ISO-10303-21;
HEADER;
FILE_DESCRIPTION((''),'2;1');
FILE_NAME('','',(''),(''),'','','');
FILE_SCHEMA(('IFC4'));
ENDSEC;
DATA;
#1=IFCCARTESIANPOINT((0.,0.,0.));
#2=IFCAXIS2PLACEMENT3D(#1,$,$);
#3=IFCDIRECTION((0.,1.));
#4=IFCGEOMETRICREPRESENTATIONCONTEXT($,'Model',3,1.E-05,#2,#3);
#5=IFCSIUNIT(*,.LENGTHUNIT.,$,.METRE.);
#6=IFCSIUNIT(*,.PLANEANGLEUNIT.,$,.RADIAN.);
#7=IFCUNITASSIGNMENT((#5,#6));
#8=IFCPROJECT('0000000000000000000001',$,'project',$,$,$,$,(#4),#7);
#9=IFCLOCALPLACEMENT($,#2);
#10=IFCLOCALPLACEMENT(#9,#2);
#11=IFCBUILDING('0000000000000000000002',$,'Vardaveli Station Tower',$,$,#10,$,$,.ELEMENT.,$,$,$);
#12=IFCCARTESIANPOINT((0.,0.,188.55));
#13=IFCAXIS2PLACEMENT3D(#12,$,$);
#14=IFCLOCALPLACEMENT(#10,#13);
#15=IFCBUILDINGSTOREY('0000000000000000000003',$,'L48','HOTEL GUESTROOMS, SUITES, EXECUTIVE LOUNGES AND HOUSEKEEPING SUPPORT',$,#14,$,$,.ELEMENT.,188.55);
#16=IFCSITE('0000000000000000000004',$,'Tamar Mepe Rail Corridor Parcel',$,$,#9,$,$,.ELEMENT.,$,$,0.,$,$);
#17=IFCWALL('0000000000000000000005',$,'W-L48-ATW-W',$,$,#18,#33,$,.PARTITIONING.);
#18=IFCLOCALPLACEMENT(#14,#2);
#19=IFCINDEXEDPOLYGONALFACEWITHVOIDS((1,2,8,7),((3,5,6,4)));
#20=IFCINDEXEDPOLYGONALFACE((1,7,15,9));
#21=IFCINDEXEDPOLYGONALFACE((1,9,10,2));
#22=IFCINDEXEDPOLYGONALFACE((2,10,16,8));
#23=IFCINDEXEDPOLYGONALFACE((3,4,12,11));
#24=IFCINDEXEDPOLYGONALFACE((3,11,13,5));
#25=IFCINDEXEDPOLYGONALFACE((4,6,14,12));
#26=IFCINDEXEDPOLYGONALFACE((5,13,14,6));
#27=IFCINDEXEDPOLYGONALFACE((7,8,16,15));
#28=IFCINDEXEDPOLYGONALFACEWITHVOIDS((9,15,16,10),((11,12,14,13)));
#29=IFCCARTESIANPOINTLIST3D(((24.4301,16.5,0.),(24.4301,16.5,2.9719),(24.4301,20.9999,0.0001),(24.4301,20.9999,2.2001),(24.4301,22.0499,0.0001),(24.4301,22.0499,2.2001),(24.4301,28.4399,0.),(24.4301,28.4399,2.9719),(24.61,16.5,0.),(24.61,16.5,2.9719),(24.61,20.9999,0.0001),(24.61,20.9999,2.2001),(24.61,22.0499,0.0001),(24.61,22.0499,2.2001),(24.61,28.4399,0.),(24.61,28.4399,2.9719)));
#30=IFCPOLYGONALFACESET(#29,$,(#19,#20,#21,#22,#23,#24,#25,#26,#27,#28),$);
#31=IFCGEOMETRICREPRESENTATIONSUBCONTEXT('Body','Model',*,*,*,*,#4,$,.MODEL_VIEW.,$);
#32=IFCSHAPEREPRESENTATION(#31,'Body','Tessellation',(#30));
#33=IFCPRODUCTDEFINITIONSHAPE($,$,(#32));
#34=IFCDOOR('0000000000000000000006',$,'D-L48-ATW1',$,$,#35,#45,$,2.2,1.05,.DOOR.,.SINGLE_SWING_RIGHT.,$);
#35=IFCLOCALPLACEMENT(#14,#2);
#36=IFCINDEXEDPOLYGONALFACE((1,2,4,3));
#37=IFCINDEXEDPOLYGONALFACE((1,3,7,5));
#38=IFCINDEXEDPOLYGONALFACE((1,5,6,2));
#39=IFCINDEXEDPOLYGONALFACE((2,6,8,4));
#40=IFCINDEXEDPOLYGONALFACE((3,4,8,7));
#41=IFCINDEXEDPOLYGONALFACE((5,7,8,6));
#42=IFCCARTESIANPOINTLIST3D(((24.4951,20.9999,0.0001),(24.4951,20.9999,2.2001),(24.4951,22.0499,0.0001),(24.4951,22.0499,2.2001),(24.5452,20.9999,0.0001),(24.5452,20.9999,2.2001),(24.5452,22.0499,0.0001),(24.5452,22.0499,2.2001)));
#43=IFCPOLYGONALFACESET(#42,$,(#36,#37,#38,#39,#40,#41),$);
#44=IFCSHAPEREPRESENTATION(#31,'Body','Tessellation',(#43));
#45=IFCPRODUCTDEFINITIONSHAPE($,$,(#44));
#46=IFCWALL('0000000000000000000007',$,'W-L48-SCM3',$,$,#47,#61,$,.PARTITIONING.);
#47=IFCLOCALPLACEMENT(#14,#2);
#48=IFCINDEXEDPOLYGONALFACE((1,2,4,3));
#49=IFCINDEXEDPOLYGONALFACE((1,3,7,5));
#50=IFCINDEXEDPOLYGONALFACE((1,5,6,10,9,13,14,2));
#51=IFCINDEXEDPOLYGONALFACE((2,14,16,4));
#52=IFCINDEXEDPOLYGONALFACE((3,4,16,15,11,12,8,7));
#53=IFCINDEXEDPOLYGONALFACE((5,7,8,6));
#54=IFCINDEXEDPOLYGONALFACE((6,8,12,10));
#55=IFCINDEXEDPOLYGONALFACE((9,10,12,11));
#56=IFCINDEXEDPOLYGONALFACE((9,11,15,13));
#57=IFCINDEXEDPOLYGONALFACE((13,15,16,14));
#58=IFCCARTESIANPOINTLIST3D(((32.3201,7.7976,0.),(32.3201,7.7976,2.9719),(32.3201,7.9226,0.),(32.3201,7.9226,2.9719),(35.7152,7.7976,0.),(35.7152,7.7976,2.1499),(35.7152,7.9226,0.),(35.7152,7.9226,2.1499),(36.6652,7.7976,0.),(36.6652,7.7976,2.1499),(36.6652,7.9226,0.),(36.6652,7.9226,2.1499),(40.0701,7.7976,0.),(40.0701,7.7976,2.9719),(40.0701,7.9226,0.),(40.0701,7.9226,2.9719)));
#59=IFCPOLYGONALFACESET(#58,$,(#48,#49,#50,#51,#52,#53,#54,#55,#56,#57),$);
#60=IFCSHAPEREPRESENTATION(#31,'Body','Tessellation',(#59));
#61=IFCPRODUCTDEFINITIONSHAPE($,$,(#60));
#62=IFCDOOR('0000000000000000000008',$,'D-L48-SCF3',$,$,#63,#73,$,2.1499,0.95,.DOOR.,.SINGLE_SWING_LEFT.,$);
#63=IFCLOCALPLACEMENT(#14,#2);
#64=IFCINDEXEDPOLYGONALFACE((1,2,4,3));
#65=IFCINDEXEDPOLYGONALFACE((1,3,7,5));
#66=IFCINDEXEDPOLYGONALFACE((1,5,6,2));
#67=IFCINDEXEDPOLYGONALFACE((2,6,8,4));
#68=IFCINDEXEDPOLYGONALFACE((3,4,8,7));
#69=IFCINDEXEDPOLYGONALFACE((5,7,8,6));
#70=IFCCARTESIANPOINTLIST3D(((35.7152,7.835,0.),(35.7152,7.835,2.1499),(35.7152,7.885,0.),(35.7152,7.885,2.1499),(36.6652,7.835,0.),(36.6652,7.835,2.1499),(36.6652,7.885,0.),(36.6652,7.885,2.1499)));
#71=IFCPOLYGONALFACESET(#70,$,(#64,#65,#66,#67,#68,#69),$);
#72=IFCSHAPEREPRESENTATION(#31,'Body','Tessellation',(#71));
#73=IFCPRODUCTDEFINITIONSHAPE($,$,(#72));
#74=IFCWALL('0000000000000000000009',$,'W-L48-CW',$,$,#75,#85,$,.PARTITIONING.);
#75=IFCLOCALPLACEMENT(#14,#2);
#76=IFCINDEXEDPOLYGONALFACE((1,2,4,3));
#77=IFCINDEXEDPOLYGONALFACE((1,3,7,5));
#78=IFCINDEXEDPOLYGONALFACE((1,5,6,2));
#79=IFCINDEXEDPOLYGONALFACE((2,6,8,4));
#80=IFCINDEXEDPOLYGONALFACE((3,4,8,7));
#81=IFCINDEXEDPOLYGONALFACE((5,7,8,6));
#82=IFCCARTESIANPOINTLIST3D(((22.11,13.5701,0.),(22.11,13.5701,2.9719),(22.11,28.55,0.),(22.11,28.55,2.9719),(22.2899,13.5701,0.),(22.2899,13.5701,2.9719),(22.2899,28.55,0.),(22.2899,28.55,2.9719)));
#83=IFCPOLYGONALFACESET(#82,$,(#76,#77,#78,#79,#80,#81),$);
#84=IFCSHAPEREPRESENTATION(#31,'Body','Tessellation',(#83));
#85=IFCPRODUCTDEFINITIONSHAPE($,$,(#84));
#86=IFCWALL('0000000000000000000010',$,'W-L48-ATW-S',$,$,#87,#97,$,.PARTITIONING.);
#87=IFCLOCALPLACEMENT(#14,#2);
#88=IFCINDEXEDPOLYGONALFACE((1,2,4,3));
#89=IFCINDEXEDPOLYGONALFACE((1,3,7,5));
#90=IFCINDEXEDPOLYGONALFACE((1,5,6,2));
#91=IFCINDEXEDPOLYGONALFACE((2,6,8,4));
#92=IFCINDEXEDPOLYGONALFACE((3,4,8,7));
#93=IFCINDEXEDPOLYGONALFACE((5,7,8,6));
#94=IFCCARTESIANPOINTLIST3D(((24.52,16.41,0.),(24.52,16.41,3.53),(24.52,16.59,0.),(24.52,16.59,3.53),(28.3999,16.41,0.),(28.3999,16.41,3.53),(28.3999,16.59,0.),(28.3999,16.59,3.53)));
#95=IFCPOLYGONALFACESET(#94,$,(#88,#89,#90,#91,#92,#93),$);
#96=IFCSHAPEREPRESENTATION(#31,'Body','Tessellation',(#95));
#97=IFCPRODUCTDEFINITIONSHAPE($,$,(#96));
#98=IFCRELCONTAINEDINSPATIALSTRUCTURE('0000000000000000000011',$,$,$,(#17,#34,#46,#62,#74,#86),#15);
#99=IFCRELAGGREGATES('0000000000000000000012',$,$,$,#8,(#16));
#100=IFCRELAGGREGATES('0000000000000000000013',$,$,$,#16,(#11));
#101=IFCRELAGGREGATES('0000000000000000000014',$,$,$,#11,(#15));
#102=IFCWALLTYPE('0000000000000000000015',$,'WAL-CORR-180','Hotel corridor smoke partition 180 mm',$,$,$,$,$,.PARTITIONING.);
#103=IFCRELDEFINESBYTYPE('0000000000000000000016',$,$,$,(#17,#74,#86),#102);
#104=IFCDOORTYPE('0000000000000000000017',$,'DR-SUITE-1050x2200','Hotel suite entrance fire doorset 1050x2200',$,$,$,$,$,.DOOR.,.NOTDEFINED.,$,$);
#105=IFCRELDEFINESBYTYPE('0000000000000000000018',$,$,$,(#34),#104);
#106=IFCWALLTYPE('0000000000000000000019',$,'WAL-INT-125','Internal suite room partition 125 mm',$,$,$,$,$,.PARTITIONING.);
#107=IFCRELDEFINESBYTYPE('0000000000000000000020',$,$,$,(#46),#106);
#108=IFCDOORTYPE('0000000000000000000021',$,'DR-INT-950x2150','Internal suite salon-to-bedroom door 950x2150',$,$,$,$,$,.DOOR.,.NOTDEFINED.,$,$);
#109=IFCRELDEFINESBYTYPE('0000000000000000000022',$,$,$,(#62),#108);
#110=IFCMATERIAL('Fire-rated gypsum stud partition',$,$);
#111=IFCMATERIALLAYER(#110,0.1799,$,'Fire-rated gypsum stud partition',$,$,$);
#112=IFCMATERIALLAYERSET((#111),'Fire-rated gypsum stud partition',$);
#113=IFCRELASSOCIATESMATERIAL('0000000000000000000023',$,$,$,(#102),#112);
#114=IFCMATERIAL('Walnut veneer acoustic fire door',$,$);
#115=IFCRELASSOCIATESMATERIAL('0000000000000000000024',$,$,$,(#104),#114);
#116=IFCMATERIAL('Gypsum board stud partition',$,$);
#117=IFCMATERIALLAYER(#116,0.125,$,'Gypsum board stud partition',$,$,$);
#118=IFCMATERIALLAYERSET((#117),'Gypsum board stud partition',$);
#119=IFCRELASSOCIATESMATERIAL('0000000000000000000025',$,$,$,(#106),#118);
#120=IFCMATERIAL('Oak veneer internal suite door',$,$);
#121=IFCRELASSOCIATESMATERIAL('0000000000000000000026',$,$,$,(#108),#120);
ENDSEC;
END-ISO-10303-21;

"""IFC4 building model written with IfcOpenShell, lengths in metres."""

from ifc_helpers import new_model, si_unit, direction, frame, frame_2d, origin, place, context, subcontext, project, spatial, rectangle, extrude, source, transform, mapped, material, layer, layer_set, type_object, element, fill, save


model = new_model("IFC4")

# Units and contexts
model_context = context("Model", 3, precision=1e-05, world=origin(), true_north=direction((0.0, 1.0)))
body_context = subcontext(model_context, "Body", "Model", "MODEL_VIEW")
ifc_project = project(units=[si_unit("LENGTHUNIT", "METRE"), si_unit("PLANEANGLEUNIT", "RADIAN")], contexts=[model_context])

# Site, building, storey
site_placement = place(None, origin())
site = spatial("IfcSite", under=ifc_project, at=site_placement, Name="Tamar Mepe Rail Corridor Parcel", CompositionType="ELEMENT", RefElevation=0.0)
building_placement = place(site_placement, origin())
building = spatial("IfcBuilding", under=site, at=building_placement, Name="Vardaveli Station Tower", CompositionType="ELEMENT")
storey_placement = place(building_placement, frame((0.0, 0.0, 188.55)))
storey = spatial("IfcBuildingStorey", under=building, at=storey_placement, Name="L48", Description="HOTEL GUESTROOMS, SUITES, EXECUTIVE LOUNGES AND HOUSEKEEPING SUPPORT", CompositionType="ELEMENT", Elevation=188.55)

# Walls, openings, doors
ifc_material_1 = material(Name="Fire-rated gypsum stud partition")
ifc_layer_1 = layer(ifc_material_1, 0.1799, Name="Fire-rated gypsum stud partition")
ifc_layer_set_1 = layer_set([ifc_layer_1], Name="Fire-rated gypsum stud partition")
wall_type_1 = type_object("IfcWallType", Name="WAL-CORR-180", Description="Hotel corridor smoke partition 180 mm", PredefinedType="PARTITIONING", material=ifc_layer_set_1)
shared_shape_1 = source(origin(), body_context, "Body", "SweptSolid", [
    extrude(rectangle(XDim=11.9399, YDim=0.1799, at=frame_2d((5.97, 0.0))), origin(), (0.0, 0.0, 1.0), 2.9719),
])
wall_1_placement = place(storey_placement, frame((24.52, 16.5, 0.0), z_axis=(0.0, 0.0, 1.0), x_axis=(0.0, 1.0, 0.0)))
wall_1 = element("IfcWall", 1, at=wall_1_placement, inside=storey, type_object=wall_type_1, Name="W-L48-ATW-W", PredefinedType="PARTITIONING", context=body_context, shape_type="MappedRepresentation", body=[
    mapped(shared_shape_1, transform((0.0, 0.0, 0.0), scale=1.0)),
])
shared_shape_2 = source(origin(), body_context, "Body", "SweptSolid", [
    extrude(rectangle(XDim=1.05, YDim=2.2, at=frame_2d((0.5249, 1.1001))), frame((0.0, 0.1001, 0.0), z_axis=(0.0, -1.0, 0.0), x_axis=(1.0, 0.0, 0.0)), (0.0, 0.0, 1.0), 0.2),
])
opening_1_placement = place(wall_1_placement, frame((4.5, 0.0, 0.0)))
opening_1 = element("IfcOpeningElement", 2, at=opening_1_placement, cuts=wall_1, PredefinedType="OPENING", context=body_context, shape_type="MappedRepresentation", body=[
    mapped(shared_shape_2, transform((0.0, 0.0, 0.0), scale=1.0)),
])
ifc_material_2 = material(Name="Walnut veneer acoustic fire door")
door_type_1 = type_object("IfcDoorType", Name="DR-SUITE-1050x2200", Description="Hotel suite entrance fire doorset 1050x2200", OperationType="NOTDEFINED", PredefinedType="DOOR", material=ifc_material_2)
shared_shape_3 = source(origin(), body_context, "Body", "SweptSolid", [
    extrude(rectangle(XDim=1.05, YDim=2.2, at=frame_2d((0.5249, 1.1001))), frame((0.0, 0.0249, 0.0), z_axis=(0.0, -1.0, 0.0), x_axis=(1.0, 0.0, 0.0)), (0.0, 0.0, 1.0), 0.05),
])
door_1_placement = place(opening_1_placement, origin())
door_1 = element("IfcDoor", 3, at=door_1_placement, inside=storey, type_object=door_type_1, Name="D-L48-ATW1", OperationType="SINGLE_SWING_RIGHT", OverallHeight=2.2, OverallWidth=1.05, PredefinedType="DOOR", context=body_context, shape_type="MappedRepresentation", body=[
    mapped(shared_shape_3, transform((0.0, 0.0, 0.0), scale=1.0)),
])
fill(opening_1, door_1)
ifc_material_3 = material(Name="Gypsum board stud partition")
ifc_layer_2 = layer(ifc_material_3, 0.125, Name="Gypsum board stud partition")
ifc_layer_set_2 = layer_set([ifc_layer_2], Name="Gypsum board stud partition")
wall_type_2 = type_object("IfcWallType", Name="WAL-INT-125", Description="Internal suite room partition 125 mm", PredefinedType="PARTITIONING", material=ifc_layer_set_2)
shared_shape_4 = source(origin(), body_context, "Body", "SweptSolid", [
    extrude(rectangle(XDim=7.75, YDim=0.125, at=frame_2d((3.875, 0.0))), origin(), (0.0, 0.0, 1.0), 2.9719),
])
wall_2_placement = place(storey_placement, frame((32.3201, 7.8601, 0.0), z_axis=(0.0, 0.0, 1.0), x_axis=(1.0, 0.0, 0.0)))
wall_2 = element("IfcWall", 4, at=wall_2_placement, inside=storey, type_object=wall_type_2, Name="W-L48-SCM3", PredefinedType="PARTITIONING", context=body_context, shape_type="MappedRepresentation", body=[
    mapped(shared_shape_4, transform((0.0, 0.0, 0.0), scale=1.0)),
])
shared_shape_5 = source(origin(), body_context, "Body", "SweptSolid", [
    extrude(rectangle(XDim=0.95, YDim=2.1499, at=frame_2d((0.4751, 1.075))), frame((0.0, 0.0725, 0.0), z_axis=(0.0, -1.0, 0.0), x_axis=(1.0, 0.0, 0.0)), (0.0, 0.0, 1.0), 0.145),
])
opening_2_placement = place(wall_2_placement, frame((3.395, 0.0, 0.0)))
opening_2 = element("IfcOpeningElement", 5, at=opening_2_placement, cuts=wall_2, PredefinedType="OPENING", context=body_context, shape_type="MappedRepresentation", body=[
    mapped(shared_shape_5, transform((0.0, 0.0, 0.0), scale=1.0)),
])
ifc_material_4 = material(Name="Oak veneer internal suite door")
door_type_2 = type_object("IfcDoorType", Name="DR-INT-950x2150", Description="Internal suite salon-to-bedroom door 950x2150", OperationType="NOTDEFINED", PredefinedType="DOOR", material=ifc_material_4)
shared_shape_6 = source(origin(), body_context, "Body", "SweptSolid", [
    extrude(rectangle(XDim=0.95, YDim=2.1499, at=frame_2d((0.4751, 1.075))), frame((0.0, 0.0249, 0.0), z_axis=(0.0, -1.0, 0.0), x_axis=(1.0, 0.0, 0.0)), (0.0, 0.0, 1.0), 0.05),
])
door_2_placement = place(opening_2_placement, origin())
door_2 = element("IfcDoor", 6, at=door_2_placement, inside=storey, type_object=door_type_2, Name="D-L48-SCF3", OperationType="SINGLE_SWING_LEFT", OverallHeight=2.1499, OverallWidth=0.95, PredefinedType="DOOR", context=body_context, shape_type="MappedRepresentation", body=[
    mapped(shared_shape_6, transform((0.0, 0.0, 0.0), scale=1.0)),
])
fill(opening_2, door_2)

# Walls
shared_shape_7 = source(origin(), body_context, "Body", "SweptSolid", [
    extrude(rectangle(XDim=14.98, YDim=0.1799, at=frame_2d((7.49, 0.0))), origin(), (0.0, 0.0, 1.0), 2.9719),
])
wall_3_placement = place(storey_placement, frame((22.2, 13.5701, 0.0), z_axis=(0.0, 0.0, 1.0), x_axis=(0.0, 1.0, 0.0)))
element("IfcWall", 7, at=wall_3_placement, inside=storey, type_object=wall_type_1, Name="W-L48-CW", PredefinedType="PARTITIONING", context=body_context, shape_type="MappedRepresentation", body=[
    mapped(shared_shape_7, transform((0.0, 0.0, 0.0), scale=1.0)),
])
shared_shape_8 = source(origin(), body_context, "Body", "SweptSolid", [
    extrude(rectangle(XDim=3.8799, YDim=0.1799, at=frame_2d((1.9399, 0.0))), origin(), (0.0, 0.0, 1.0), 3.53),
])
wall_4_placement = place(storey_placement, frame((24.52, 16.5, 0.0), z_axis=(0.0, 0.0, 1.0), x_axis=(1.0, 0.0, 0.0)))
element("IfcWall", 8, at=wall_4_placement, inside=storey, type_object=wall_type_1, Name="W-L48-ATW-S", PredefinedType="PARTITIONING", context=body_context, shape_type="MappedRepresentation", body=[
    mapped(shared_shape_8, transform((0.0, 0.0, 0.0), scale=1.0)),
])

save(model, "model.ifc")
